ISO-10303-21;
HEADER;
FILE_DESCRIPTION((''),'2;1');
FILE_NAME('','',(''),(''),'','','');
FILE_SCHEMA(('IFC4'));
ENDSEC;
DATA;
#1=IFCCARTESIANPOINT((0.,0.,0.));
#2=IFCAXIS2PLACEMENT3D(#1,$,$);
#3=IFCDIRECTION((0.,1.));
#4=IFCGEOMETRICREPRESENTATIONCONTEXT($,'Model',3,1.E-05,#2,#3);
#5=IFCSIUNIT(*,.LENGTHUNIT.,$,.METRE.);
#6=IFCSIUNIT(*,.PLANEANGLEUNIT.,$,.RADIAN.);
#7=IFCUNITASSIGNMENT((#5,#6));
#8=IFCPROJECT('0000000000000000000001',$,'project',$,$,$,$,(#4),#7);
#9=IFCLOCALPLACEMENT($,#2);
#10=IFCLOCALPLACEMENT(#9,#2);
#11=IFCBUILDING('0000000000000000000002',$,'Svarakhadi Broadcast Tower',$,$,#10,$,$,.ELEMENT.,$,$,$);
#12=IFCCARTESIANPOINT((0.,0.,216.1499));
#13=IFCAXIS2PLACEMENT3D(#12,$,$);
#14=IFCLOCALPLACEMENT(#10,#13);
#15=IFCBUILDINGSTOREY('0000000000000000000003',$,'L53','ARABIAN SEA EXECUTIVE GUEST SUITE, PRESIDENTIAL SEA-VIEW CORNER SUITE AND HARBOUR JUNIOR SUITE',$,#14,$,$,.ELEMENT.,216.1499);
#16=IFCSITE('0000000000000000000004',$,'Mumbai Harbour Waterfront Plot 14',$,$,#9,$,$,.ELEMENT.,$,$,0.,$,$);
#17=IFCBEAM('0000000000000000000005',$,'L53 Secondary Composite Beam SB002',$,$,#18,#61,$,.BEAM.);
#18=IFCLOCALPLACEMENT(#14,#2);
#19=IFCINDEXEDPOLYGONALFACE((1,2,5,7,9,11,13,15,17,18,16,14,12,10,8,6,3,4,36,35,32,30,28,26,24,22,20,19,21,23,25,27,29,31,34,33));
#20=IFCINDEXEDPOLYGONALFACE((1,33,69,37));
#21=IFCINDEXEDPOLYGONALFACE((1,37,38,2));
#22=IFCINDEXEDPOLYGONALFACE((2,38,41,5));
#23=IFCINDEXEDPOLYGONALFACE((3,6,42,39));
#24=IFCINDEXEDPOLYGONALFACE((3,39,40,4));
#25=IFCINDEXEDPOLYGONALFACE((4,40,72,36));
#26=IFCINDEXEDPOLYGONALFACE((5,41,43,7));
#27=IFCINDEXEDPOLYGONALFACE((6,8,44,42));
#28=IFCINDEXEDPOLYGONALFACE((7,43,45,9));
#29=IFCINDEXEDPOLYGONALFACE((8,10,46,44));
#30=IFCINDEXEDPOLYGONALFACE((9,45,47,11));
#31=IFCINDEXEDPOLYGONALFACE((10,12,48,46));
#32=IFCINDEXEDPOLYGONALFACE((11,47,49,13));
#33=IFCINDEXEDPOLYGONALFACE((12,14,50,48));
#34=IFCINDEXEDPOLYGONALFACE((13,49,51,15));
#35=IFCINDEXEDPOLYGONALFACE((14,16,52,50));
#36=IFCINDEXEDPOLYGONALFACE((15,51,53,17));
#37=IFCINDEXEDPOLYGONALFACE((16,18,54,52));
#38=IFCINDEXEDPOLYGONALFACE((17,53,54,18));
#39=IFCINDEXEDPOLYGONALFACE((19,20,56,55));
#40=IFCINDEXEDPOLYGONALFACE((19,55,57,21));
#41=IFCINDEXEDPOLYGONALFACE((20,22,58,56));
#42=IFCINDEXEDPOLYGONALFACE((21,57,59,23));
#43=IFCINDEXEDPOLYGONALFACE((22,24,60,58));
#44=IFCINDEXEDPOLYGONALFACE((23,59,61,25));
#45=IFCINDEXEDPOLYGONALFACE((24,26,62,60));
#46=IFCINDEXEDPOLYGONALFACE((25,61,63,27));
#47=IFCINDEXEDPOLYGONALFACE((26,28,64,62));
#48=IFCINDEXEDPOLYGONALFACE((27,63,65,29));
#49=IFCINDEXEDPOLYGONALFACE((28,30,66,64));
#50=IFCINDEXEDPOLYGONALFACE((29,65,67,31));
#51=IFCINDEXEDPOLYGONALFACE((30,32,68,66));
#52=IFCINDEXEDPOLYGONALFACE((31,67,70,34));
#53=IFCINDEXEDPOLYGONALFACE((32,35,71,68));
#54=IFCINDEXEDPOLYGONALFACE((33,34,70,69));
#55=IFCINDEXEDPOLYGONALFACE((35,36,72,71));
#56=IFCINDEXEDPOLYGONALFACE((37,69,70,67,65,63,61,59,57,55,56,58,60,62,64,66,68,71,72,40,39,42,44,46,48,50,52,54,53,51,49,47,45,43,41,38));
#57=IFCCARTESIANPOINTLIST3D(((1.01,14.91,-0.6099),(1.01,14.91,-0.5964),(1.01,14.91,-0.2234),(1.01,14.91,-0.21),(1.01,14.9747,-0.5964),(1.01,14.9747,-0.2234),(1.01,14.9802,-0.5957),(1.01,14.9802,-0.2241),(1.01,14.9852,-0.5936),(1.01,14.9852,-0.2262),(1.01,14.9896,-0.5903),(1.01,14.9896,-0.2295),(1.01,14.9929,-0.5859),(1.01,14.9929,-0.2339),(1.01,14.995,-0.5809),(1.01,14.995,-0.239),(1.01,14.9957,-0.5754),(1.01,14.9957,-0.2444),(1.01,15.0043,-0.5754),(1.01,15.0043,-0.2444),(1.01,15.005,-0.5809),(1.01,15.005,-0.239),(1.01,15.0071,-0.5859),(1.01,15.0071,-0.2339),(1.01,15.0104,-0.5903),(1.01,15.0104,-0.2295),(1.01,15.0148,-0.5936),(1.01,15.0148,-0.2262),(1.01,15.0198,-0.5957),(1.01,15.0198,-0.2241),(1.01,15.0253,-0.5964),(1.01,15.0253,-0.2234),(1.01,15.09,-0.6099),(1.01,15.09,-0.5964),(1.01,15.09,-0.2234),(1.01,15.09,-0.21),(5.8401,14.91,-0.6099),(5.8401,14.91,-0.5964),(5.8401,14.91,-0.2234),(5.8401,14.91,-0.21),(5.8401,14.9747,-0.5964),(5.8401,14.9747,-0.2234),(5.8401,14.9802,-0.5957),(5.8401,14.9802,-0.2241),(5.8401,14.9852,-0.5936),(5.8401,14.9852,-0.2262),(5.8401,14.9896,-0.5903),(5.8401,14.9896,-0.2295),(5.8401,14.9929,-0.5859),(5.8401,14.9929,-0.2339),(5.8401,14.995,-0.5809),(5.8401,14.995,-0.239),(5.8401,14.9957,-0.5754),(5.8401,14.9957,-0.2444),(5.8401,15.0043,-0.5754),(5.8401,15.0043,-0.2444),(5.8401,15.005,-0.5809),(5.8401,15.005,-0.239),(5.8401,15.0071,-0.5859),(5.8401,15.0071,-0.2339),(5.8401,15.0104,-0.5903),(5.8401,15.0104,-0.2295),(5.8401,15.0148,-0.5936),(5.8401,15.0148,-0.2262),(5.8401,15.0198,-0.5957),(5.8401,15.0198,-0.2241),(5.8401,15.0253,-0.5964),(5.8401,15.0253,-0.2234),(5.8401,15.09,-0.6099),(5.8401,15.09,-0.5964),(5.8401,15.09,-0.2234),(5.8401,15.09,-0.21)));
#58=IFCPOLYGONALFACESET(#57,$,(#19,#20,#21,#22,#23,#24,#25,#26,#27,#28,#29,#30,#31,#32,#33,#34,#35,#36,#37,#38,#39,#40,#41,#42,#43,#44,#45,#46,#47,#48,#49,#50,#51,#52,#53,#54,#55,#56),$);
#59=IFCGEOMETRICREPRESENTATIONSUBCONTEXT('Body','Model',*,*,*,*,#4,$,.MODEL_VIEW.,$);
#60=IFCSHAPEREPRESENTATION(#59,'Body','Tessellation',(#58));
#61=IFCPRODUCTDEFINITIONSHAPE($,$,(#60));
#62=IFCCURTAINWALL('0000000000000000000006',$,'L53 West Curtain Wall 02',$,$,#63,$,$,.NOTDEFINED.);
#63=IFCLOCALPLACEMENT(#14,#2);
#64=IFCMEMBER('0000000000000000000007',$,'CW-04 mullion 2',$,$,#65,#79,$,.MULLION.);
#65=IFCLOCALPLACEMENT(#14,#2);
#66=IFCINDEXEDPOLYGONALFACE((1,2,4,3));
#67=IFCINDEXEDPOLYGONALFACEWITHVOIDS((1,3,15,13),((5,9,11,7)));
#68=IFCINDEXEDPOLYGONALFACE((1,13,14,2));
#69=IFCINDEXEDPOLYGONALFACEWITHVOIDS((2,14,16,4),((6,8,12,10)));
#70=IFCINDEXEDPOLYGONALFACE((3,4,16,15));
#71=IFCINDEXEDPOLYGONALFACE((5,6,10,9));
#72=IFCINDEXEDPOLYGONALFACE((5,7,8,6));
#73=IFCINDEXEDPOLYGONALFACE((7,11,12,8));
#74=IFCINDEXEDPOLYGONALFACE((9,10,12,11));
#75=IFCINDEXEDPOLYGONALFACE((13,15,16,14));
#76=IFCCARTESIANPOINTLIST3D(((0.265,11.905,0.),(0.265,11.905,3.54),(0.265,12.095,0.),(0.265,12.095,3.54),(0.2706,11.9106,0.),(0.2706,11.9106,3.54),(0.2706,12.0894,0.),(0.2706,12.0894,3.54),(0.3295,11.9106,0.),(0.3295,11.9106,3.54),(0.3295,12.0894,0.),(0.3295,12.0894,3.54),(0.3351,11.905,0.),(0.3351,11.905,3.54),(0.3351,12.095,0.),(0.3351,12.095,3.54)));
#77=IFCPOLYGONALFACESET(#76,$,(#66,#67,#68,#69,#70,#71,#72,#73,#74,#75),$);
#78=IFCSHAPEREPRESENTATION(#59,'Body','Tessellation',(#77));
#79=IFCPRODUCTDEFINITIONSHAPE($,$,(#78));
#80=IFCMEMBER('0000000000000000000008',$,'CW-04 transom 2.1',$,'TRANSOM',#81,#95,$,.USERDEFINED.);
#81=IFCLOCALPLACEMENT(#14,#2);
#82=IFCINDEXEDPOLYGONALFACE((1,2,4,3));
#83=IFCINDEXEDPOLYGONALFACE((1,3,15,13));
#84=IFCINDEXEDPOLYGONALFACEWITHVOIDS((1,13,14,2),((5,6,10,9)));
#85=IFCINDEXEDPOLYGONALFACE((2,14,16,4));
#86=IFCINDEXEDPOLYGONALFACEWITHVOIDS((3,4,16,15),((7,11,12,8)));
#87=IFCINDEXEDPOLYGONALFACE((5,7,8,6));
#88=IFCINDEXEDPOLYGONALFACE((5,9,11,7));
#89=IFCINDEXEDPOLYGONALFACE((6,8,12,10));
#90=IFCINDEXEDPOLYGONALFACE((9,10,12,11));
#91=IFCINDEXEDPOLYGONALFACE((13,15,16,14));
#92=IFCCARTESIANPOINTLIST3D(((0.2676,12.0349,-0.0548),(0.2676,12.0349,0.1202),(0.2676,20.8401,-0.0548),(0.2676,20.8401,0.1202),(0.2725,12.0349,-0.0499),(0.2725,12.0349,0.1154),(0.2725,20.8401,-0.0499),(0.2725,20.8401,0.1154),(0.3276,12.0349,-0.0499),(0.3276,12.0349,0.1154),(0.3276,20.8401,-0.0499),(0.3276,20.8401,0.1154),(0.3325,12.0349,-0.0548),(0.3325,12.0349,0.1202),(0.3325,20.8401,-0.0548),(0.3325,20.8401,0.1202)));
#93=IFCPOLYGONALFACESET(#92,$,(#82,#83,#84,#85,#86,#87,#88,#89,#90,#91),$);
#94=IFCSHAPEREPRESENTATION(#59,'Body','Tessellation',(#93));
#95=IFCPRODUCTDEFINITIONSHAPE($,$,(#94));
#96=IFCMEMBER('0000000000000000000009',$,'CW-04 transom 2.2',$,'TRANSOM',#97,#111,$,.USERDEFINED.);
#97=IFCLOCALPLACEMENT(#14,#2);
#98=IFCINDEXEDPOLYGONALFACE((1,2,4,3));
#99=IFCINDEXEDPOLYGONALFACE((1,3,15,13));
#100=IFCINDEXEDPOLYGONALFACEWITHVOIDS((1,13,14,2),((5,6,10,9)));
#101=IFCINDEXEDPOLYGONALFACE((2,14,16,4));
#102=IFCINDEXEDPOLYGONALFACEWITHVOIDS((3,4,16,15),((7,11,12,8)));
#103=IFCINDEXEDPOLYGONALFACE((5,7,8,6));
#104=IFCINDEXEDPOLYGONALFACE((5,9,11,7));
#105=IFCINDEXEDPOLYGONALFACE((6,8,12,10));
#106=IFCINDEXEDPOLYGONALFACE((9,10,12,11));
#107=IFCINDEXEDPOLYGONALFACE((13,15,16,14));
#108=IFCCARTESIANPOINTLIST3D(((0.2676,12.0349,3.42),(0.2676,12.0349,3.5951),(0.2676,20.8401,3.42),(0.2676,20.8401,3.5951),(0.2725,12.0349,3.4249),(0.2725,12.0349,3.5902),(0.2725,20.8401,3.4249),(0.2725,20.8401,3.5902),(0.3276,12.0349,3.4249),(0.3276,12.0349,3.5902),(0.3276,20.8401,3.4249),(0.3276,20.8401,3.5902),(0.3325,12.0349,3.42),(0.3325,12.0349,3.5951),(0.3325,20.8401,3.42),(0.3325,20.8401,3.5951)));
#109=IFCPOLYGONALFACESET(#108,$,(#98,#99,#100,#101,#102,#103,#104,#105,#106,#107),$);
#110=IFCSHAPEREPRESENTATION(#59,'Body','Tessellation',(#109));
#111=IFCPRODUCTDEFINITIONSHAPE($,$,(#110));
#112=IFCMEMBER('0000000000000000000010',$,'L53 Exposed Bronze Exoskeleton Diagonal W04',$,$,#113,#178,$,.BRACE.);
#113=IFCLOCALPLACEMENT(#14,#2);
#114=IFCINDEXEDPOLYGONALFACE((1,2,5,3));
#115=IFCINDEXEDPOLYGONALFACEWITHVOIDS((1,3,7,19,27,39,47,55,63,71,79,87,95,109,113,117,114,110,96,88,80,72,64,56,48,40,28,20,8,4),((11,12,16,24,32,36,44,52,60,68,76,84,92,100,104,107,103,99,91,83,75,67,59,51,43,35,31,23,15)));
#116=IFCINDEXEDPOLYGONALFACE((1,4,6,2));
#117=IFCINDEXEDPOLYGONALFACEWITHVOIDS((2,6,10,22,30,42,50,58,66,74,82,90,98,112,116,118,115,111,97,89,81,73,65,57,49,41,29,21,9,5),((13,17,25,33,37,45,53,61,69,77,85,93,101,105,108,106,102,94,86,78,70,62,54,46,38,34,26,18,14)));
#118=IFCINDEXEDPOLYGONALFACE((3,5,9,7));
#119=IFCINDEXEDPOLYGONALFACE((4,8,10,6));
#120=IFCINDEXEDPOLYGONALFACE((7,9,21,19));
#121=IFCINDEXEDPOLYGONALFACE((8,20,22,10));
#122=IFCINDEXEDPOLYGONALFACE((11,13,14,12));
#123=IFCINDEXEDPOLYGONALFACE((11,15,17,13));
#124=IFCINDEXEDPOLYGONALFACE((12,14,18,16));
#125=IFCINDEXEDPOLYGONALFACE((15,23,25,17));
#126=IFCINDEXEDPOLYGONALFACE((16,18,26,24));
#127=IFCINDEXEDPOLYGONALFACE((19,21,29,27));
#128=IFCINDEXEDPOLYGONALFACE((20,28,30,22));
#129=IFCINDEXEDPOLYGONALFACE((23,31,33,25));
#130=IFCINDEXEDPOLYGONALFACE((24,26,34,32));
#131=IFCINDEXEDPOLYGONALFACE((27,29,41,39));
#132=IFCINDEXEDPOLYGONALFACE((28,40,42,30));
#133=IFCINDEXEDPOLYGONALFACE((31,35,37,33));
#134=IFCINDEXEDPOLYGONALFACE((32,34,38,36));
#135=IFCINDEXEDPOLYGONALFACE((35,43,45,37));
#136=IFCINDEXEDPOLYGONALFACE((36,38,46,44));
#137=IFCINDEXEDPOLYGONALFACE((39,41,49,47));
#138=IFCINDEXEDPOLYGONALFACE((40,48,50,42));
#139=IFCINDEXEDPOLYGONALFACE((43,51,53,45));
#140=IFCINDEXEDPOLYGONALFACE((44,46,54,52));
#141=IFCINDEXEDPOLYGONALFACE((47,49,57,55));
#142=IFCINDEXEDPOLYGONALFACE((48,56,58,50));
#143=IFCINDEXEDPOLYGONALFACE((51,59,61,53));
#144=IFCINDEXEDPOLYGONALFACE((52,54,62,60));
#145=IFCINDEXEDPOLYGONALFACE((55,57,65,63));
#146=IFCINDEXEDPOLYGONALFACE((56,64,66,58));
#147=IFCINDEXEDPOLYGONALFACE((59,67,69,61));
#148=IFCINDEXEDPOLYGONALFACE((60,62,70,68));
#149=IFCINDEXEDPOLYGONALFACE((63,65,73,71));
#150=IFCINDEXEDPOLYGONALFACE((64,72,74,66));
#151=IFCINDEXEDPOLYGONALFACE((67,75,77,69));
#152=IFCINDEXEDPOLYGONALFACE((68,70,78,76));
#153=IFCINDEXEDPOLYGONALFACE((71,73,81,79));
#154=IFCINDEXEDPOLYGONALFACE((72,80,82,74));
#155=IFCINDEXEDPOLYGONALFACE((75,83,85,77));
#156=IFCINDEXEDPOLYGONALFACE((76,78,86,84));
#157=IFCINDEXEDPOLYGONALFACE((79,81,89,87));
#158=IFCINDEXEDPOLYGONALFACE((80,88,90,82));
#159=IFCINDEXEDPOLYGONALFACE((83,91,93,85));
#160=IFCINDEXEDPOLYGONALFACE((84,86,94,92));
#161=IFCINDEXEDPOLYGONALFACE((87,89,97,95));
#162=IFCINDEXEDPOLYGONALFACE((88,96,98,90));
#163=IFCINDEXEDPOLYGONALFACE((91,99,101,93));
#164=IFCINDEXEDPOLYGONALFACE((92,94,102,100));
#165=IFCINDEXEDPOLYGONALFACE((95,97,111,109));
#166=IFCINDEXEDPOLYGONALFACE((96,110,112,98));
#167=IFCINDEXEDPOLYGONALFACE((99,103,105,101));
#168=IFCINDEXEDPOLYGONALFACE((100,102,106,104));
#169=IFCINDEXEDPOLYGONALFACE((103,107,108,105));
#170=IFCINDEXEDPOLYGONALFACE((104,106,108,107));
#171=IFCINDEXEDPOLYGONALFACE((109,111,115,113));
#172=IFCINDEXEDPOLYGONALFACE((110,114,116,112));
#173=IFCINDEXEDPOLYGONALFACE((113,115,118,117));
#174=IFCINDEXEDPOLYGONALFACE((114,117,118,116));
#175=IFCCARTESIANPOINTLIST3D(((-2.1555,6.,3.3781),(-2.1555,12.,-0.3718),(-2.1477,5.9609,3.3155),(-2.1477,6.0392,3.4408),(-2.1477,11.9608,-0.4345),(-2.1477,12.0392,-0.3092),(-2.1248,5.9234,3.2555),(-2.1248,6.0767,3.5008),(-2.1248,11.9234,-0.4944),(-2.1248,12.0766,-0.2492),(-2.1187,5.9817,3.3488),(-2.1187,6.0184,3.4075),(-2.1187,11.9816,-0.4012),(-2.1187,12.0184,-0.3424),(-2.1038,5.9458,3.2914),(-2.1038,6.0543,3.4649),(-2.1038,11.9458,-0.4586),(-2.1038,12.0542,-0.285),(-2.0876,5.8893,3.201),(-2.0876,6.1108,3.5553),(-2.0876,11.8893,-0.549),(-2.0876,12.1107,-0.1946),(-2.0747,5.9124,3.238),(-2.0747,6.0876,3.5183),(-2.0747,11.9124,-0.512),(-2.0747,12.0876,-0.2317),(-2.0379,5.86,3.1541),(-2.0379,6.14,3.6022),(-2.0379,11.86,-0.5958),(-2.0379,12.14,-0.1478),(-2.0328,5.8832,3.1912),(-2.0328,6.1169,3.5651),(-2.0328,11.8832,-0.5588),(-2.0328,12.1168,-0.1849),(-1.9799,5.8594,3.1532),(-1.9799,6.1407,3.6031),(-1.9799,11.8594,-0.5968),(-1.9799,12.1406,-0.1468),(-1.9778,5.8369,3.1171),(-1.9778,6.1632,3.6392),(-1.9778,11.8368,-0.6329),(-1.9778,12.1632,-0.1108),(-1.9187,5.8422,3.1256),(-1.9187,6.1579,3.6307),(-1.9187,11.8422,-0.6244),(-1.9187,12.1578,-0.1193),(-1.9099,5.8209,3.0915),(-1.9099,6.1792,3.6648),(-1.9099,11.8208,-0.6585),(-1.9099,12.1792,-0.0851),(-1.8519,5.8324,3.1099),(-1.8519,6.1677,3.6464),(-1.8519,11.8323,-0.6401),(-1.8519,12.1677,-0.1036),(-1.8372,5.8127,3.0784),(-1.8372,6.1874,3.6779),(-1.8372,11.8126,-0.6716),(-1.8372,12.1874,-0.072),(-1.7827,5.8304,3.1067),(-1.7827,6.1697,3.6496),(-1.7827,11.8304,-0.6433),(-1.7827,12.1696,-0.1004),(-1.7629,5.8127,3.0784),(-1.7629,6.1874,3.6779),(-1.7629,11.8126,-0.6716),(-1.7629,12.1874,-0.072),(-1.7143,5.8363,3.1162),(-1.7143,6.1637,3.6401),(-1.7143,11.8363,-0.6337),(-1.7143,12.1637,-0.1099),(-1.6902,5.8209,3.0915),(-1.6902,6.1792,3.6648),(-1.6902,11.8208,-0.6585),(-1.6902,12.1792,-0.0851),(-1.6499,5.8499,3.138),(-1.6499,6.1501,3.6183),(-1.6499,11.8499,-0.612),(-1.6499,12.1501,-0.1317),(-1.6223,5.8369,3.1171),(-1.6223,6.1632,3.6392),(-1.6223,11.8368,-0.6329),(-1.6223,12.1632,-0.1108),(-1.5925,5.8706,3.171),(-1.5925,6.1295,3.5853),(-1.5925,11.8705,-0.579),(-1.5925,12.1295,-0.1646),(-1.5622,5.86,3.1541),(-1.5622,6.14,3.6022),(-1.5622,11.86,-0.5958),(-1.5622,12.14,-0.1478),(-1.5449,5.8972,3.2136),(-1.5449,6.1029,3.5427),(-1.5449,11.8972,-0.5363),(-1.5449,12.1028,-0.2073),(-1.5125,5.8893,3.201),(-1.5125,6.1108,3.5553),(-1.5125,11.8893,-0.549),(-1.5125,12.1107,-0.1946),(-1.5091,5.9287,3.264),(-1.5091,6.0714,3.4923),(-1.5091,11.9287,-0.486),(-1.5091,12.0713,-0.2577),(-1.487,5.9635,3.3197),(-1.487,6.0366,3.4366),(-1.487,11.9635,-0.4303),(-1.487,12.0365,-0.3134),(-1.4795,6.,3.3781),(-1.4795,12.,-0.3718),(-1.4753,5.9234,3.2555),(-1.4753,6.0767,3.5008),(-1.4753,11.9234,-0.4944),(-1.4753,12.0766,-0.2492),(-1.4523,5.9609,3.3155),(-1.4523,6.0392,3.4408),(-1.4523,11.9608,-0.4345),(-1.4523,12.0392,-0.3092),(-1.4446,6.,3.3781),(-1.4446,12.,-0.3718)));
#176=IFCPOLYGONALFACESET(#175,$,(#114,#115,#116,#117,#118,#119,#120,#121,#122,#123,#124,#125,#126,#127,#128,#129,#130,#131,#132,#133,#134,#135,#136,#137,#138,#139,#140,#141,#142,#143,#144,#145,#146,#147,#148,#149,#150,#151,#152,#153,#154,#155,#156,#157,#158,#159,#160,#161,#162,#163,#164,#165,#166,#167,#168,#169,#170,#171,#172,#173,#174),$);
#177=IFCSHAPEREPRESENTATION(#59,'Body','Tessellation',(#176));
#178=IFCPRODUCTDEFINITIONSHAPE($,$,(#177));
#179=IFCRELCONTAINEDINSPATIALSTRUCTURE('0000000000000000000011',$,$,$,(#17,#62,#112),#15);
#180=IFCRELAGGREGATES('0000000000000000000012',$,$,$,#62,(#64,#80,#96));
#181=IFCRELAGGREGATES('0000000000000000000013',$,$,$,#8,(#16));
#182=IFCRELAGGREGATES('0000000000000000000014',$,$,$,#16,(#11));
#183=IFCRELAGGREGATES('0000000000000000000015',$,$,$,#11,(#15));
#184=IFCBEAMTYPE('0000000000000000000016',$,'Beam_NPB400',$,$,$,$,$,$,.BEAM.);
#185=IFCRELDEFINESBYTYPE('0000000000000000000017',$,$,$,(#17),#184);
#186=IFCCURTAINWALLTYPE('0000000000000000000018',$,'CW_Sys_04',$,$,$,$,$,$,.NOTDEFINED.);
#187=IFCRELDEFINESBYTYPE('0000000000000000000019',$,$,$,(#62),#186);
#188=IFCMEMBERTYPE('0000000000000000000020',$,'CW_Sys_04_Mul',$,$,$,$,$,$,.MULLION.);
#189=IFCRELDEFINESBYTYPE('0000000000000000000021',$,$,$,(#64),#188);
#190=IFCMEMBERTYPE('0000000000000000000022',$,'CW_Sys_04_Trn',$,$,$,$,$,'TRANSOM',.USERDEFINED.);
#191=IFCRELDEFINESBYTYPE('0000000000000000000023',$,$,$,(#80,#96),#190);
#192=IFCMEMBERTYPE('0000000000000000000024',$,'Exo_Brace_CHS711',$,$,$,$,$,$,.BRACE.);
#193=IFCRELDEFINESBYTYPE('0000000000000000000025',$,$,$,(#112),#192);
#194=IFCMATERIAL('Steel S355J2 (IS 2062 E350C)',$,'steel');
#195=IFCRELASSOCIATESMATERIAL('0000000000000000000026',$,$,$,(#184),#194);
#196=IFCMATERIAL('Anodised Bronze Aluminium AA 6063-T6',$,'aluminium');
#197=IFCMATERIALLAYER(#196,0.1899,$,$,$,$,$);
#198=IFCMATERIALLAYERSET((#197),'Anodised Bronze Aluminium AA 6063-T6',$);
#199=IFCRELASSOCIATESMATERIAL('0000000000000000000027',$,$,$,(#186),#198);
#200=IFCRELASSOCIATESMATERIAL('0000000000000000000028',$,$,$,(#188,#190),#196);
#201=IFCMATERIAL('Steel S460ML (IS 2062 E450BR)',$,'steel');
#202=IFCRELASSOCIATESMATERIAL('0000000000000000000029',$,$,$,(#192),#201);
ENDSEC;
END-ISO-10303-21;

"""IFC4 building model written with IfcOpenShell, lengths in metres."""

from ifc_helpers import new_model, si_unit, direction, frame, origin, origin_2d, place, context, subcontext, project, spatial, hollow_rectangle, hollow_circle, i_section, extrude, material, layer, layer_set, material_profile, profile_set, type_object, element, aggregate, save


model = new_model("IFC4")

# Units and contexts
model_context = context("Model", 3, precision=1e-05, world=origin(), true_north=direction((0.0, 1.0)))
body_context = subcontext(model_context, "Body", "Model", "MODEL_VIEW")
ifc_project = project(units=[si_unit("LENGTHUNIT", "METRE"), si_unit("PLANEANGLEUNIT", "RADIAN")], contexts=[model_context])

# Site, building, storey
site_placement = place(None, origin())
site = spatial("IfcSite", under=ifc_project, at=site_placement, Name="Mumbai Harbour Waterfront Plot 14", CompositionType="ELEMENT", RefElevation=0.0)
building_placement = place(site_placement, origin())
building = spatial("IfcBuilding", under=site, at=building_placement, Name="Svarakhadi Broadcast Tower", CompositionType="ELEMENT")
storey_placement = place(building_placement, frame((0.0, 0.0, 216.1499)))
storey = spatial("IfcBuildingStorey", under=building, at=storey_placement, Name="L53", Description="ARABIAN SEA EXECUTIVE GUEST SUITE, PRESIDENTIAL SEA-VIEW CORNER SUITE AND HARBOUR JUNIOR SUITE", CompositionType="ELEMENT", Elevation=216.1499)

# Shared definitions
ifc_material_1 = material(Name="Steel S460ML (IS 2062 E450BR)", Category="steel")

# Beam
ifc_material_2 = material(Name="Steel S355J2 (IS 2062 E350C)", Category="steel")
ifc_material_profile_1 = material_profile(ifc_material_2, i_section(OverallWidth=0.1799, OverallDepth=0.3999, WebThickness=0.0085, FlangeThickness=0.0134, FilletRadius=0.021, at=origin_2d()), Name="NPB 400x180x66")
ifc_profile_set_1 = profile_set([ifc_material_profile_1], Name="Steel S355J2 (IS 2062 E350C)")
beam_type_1 = type_object("IfcBeamType", Name="Beam_NPB400", PredefinedType="BEAM", material=ifc_profile_set_1)
for number, where, z_axis, x_axis, name in (
    (1, (1.01, 15.0, -0.4099), (1.0, 0.0, 0.0), (0.0, 1.0, 0.0), "L53 Secondary Composite Beam SB002"),
):
    element("IfcBeam", number, at=place(storey_placement, frame(where, z_axis=z_axis, x_axis=x_axis)), inside=storey, type_object=beam_type_1, Name=name, PredefinedType="BEAM", context=body_context, shape_type="SweptSolid", body=[
        extrude(i_section(OverallWidth=0.1799, OverallDepth=0.3999, WebThickness=0.0085, FlangeThickness=0.0134, FilletRadius=0.021, at=origin_2d()), origin(), (0.0, 0.0, 1.0), 4.8301),
    ])

# Curtain wall, members
ifc_material_3 = material(Name="Anodised Bronze Aluminium AA 6063-T6", Category="aluminium")
ifc_layer_1 = layer(ifc_material_3, 0.1899)
ifc_layer_set_1 = layer_set([ifc_layer_1], Name="Anodised Bronze Aluminium AA 6063-T6")
curtain_wall_type = type_object("IfcCurtainWallType", Name="CW_Sys_04", PredefinedType="NOTDEFINED", material=ifc_layer_set_1)
curtain_wall_placement = place(storey_placement, origin())
curtain_wall = element("IfcCurtainWall", 2, at=curtain_wall_placement, inside=storey, type_object=curtain_wall_type, Name="L53 West Curtain Wall 02", PredefinedType="NOTDEFINED")
ifc_material_profile_2 = material_profile(ifc_material_3, hollow_rectangle(XDim=0.0701, YDim=0.1899, WallThickness=0.0056, at=origin_2d()), Name="ALU MULLION 190x70x6")
ifc_profile_set_2 = profile_set([ifc_material_profile_2], Name="Anodised Bronze Aluminium AA 6063-T6")
member_type_1 = type_object("IfcMemberType", Name="CW_Sys_04_Mul", PredefinedType="MULLION", material=ifc_profile_set_2)
member_1_placement = place(storey_placement, frame((0.3, 12.0, 0.0), z_axis=(0.0, 0.0, 1.0), x_axis=(-1.0, 0.0, 0.0)))
member_1 = element("IfcMember", 3, at=member_1_placement, type_object=member_type_1, Name="CW-04 mullion 2", PredefinedType="MULLION", context=body_context, shape_type="SweptSolid", body=[
    extrude(hollow_rectangle(XDim=0.0701, YDim=0.1899, WallThickness=0.0056, at=origin_2d()), origin(), (0.0, 0.0, 1.0), 3.54),
])
ifc_material_profile_3 = material_profile(ifc_material_3, hollow_rectangle(XDim=0.0649, YDim=0.175, WallThickness=0.0049, at=origin_2d()), Name="ALU TRANSOM 175x65x5")
ifc_profile_set_3 = profile_set([ifc_material_profile_3], Name="Anodised Bronze Aluminium AA 6063-T6")
member_type_2 = type_object("IfcMemberType", Name="CW_Sys_04_Trn", ElementType="TRANSOM", PredefinedType="USERDEFINED", material=ifc_profile_set_3)
member_2_placement = place(storey_placement, frame((0.3, 12.0349, 0.0327), z_axis=(0.0, 1.0, 0.0), x_axis=(-1.0, 0.0, 0.0)))
member_2 = element("IfcMember", 4, at=member_2_placement, type_object=member_type_2, Name="CW-04 transom 2.1", ObjectType="TRANSOM", PredefinedType="USERDEFINED", context=body_context, shape_type="SweptSolid", body=[
    extrude(hollow_rectangle(XDim=0.0649, YDim=0.175, WallThickness=0.0049, at=origin_2d()), origin(), (0.0, 0.0, 1.0), 8.8052),
])
member_3_placement = place(storey_placement, frame((0.3, 12.0349, 3.5076), z_axis=(0.0, 1.0, 0.0), x_axis=(-1.0, 0.0, 0.0)))
member_3 = element("IfcMember", 5, at=member_3_placement, type_object=member_type_2, Name="CW-04 transom 2.2", ObjectType="TRANSOM", PredefinedType="USERDEFINED", context=body_context, shape_type="SweptSolid", body=[
    extrude(hollow_rectangle(XDim=0.0649, YDim=0.175, WallThickness=0.0049, at=origin_2d()), origin(), (0.0, 0.0, 1.0), 8.8052),
])

# Member
ifc_material_profile_4 = material_profile(ifc_material_1, hollow_circle(Radius=0.3555, WallThickness=0.0349, at=origin_2d()), Name="CHS 711x35")
ifc_profile_set_4 = profile_set([ifc_material_profile_4], Name="Steel S460ML (IS 2062 E450BR)")
member_type_3 = type_object("IfcMemberType", Name="Exo_Brace_CHS711", PredefinedType="BRACE", material=ifc_profile_set_4)
for number, where, z_axis, x_axis, name in (
    (6, (-1.8, 12.0, -0.3718), (0.0, -0.847998, 0.529999), (1.0, 0.0, 0.0), "L53 Exposed Bronze Exoskeleton Diagonal W04"),
):
    element("IfcMember", number, at=place(storey_placement, frame(where, z_axis=z_axis, x_axis=x_axis)), inside=storey, type_object=member_type_3, Name=name, PredefinedType="BRACE", context=body_context, shape_type="SweptSolid", body=[
        extrude(hollow_circle(Radius=0.3555, WallThickness=0.0349, at=origin_2d()), origin(), (0.0, 0.0, 1.0), 7.0754),
    ])

aggregate(curtain_wall, [member_1, member_2, member_3])

save(model, "model.ifc")
